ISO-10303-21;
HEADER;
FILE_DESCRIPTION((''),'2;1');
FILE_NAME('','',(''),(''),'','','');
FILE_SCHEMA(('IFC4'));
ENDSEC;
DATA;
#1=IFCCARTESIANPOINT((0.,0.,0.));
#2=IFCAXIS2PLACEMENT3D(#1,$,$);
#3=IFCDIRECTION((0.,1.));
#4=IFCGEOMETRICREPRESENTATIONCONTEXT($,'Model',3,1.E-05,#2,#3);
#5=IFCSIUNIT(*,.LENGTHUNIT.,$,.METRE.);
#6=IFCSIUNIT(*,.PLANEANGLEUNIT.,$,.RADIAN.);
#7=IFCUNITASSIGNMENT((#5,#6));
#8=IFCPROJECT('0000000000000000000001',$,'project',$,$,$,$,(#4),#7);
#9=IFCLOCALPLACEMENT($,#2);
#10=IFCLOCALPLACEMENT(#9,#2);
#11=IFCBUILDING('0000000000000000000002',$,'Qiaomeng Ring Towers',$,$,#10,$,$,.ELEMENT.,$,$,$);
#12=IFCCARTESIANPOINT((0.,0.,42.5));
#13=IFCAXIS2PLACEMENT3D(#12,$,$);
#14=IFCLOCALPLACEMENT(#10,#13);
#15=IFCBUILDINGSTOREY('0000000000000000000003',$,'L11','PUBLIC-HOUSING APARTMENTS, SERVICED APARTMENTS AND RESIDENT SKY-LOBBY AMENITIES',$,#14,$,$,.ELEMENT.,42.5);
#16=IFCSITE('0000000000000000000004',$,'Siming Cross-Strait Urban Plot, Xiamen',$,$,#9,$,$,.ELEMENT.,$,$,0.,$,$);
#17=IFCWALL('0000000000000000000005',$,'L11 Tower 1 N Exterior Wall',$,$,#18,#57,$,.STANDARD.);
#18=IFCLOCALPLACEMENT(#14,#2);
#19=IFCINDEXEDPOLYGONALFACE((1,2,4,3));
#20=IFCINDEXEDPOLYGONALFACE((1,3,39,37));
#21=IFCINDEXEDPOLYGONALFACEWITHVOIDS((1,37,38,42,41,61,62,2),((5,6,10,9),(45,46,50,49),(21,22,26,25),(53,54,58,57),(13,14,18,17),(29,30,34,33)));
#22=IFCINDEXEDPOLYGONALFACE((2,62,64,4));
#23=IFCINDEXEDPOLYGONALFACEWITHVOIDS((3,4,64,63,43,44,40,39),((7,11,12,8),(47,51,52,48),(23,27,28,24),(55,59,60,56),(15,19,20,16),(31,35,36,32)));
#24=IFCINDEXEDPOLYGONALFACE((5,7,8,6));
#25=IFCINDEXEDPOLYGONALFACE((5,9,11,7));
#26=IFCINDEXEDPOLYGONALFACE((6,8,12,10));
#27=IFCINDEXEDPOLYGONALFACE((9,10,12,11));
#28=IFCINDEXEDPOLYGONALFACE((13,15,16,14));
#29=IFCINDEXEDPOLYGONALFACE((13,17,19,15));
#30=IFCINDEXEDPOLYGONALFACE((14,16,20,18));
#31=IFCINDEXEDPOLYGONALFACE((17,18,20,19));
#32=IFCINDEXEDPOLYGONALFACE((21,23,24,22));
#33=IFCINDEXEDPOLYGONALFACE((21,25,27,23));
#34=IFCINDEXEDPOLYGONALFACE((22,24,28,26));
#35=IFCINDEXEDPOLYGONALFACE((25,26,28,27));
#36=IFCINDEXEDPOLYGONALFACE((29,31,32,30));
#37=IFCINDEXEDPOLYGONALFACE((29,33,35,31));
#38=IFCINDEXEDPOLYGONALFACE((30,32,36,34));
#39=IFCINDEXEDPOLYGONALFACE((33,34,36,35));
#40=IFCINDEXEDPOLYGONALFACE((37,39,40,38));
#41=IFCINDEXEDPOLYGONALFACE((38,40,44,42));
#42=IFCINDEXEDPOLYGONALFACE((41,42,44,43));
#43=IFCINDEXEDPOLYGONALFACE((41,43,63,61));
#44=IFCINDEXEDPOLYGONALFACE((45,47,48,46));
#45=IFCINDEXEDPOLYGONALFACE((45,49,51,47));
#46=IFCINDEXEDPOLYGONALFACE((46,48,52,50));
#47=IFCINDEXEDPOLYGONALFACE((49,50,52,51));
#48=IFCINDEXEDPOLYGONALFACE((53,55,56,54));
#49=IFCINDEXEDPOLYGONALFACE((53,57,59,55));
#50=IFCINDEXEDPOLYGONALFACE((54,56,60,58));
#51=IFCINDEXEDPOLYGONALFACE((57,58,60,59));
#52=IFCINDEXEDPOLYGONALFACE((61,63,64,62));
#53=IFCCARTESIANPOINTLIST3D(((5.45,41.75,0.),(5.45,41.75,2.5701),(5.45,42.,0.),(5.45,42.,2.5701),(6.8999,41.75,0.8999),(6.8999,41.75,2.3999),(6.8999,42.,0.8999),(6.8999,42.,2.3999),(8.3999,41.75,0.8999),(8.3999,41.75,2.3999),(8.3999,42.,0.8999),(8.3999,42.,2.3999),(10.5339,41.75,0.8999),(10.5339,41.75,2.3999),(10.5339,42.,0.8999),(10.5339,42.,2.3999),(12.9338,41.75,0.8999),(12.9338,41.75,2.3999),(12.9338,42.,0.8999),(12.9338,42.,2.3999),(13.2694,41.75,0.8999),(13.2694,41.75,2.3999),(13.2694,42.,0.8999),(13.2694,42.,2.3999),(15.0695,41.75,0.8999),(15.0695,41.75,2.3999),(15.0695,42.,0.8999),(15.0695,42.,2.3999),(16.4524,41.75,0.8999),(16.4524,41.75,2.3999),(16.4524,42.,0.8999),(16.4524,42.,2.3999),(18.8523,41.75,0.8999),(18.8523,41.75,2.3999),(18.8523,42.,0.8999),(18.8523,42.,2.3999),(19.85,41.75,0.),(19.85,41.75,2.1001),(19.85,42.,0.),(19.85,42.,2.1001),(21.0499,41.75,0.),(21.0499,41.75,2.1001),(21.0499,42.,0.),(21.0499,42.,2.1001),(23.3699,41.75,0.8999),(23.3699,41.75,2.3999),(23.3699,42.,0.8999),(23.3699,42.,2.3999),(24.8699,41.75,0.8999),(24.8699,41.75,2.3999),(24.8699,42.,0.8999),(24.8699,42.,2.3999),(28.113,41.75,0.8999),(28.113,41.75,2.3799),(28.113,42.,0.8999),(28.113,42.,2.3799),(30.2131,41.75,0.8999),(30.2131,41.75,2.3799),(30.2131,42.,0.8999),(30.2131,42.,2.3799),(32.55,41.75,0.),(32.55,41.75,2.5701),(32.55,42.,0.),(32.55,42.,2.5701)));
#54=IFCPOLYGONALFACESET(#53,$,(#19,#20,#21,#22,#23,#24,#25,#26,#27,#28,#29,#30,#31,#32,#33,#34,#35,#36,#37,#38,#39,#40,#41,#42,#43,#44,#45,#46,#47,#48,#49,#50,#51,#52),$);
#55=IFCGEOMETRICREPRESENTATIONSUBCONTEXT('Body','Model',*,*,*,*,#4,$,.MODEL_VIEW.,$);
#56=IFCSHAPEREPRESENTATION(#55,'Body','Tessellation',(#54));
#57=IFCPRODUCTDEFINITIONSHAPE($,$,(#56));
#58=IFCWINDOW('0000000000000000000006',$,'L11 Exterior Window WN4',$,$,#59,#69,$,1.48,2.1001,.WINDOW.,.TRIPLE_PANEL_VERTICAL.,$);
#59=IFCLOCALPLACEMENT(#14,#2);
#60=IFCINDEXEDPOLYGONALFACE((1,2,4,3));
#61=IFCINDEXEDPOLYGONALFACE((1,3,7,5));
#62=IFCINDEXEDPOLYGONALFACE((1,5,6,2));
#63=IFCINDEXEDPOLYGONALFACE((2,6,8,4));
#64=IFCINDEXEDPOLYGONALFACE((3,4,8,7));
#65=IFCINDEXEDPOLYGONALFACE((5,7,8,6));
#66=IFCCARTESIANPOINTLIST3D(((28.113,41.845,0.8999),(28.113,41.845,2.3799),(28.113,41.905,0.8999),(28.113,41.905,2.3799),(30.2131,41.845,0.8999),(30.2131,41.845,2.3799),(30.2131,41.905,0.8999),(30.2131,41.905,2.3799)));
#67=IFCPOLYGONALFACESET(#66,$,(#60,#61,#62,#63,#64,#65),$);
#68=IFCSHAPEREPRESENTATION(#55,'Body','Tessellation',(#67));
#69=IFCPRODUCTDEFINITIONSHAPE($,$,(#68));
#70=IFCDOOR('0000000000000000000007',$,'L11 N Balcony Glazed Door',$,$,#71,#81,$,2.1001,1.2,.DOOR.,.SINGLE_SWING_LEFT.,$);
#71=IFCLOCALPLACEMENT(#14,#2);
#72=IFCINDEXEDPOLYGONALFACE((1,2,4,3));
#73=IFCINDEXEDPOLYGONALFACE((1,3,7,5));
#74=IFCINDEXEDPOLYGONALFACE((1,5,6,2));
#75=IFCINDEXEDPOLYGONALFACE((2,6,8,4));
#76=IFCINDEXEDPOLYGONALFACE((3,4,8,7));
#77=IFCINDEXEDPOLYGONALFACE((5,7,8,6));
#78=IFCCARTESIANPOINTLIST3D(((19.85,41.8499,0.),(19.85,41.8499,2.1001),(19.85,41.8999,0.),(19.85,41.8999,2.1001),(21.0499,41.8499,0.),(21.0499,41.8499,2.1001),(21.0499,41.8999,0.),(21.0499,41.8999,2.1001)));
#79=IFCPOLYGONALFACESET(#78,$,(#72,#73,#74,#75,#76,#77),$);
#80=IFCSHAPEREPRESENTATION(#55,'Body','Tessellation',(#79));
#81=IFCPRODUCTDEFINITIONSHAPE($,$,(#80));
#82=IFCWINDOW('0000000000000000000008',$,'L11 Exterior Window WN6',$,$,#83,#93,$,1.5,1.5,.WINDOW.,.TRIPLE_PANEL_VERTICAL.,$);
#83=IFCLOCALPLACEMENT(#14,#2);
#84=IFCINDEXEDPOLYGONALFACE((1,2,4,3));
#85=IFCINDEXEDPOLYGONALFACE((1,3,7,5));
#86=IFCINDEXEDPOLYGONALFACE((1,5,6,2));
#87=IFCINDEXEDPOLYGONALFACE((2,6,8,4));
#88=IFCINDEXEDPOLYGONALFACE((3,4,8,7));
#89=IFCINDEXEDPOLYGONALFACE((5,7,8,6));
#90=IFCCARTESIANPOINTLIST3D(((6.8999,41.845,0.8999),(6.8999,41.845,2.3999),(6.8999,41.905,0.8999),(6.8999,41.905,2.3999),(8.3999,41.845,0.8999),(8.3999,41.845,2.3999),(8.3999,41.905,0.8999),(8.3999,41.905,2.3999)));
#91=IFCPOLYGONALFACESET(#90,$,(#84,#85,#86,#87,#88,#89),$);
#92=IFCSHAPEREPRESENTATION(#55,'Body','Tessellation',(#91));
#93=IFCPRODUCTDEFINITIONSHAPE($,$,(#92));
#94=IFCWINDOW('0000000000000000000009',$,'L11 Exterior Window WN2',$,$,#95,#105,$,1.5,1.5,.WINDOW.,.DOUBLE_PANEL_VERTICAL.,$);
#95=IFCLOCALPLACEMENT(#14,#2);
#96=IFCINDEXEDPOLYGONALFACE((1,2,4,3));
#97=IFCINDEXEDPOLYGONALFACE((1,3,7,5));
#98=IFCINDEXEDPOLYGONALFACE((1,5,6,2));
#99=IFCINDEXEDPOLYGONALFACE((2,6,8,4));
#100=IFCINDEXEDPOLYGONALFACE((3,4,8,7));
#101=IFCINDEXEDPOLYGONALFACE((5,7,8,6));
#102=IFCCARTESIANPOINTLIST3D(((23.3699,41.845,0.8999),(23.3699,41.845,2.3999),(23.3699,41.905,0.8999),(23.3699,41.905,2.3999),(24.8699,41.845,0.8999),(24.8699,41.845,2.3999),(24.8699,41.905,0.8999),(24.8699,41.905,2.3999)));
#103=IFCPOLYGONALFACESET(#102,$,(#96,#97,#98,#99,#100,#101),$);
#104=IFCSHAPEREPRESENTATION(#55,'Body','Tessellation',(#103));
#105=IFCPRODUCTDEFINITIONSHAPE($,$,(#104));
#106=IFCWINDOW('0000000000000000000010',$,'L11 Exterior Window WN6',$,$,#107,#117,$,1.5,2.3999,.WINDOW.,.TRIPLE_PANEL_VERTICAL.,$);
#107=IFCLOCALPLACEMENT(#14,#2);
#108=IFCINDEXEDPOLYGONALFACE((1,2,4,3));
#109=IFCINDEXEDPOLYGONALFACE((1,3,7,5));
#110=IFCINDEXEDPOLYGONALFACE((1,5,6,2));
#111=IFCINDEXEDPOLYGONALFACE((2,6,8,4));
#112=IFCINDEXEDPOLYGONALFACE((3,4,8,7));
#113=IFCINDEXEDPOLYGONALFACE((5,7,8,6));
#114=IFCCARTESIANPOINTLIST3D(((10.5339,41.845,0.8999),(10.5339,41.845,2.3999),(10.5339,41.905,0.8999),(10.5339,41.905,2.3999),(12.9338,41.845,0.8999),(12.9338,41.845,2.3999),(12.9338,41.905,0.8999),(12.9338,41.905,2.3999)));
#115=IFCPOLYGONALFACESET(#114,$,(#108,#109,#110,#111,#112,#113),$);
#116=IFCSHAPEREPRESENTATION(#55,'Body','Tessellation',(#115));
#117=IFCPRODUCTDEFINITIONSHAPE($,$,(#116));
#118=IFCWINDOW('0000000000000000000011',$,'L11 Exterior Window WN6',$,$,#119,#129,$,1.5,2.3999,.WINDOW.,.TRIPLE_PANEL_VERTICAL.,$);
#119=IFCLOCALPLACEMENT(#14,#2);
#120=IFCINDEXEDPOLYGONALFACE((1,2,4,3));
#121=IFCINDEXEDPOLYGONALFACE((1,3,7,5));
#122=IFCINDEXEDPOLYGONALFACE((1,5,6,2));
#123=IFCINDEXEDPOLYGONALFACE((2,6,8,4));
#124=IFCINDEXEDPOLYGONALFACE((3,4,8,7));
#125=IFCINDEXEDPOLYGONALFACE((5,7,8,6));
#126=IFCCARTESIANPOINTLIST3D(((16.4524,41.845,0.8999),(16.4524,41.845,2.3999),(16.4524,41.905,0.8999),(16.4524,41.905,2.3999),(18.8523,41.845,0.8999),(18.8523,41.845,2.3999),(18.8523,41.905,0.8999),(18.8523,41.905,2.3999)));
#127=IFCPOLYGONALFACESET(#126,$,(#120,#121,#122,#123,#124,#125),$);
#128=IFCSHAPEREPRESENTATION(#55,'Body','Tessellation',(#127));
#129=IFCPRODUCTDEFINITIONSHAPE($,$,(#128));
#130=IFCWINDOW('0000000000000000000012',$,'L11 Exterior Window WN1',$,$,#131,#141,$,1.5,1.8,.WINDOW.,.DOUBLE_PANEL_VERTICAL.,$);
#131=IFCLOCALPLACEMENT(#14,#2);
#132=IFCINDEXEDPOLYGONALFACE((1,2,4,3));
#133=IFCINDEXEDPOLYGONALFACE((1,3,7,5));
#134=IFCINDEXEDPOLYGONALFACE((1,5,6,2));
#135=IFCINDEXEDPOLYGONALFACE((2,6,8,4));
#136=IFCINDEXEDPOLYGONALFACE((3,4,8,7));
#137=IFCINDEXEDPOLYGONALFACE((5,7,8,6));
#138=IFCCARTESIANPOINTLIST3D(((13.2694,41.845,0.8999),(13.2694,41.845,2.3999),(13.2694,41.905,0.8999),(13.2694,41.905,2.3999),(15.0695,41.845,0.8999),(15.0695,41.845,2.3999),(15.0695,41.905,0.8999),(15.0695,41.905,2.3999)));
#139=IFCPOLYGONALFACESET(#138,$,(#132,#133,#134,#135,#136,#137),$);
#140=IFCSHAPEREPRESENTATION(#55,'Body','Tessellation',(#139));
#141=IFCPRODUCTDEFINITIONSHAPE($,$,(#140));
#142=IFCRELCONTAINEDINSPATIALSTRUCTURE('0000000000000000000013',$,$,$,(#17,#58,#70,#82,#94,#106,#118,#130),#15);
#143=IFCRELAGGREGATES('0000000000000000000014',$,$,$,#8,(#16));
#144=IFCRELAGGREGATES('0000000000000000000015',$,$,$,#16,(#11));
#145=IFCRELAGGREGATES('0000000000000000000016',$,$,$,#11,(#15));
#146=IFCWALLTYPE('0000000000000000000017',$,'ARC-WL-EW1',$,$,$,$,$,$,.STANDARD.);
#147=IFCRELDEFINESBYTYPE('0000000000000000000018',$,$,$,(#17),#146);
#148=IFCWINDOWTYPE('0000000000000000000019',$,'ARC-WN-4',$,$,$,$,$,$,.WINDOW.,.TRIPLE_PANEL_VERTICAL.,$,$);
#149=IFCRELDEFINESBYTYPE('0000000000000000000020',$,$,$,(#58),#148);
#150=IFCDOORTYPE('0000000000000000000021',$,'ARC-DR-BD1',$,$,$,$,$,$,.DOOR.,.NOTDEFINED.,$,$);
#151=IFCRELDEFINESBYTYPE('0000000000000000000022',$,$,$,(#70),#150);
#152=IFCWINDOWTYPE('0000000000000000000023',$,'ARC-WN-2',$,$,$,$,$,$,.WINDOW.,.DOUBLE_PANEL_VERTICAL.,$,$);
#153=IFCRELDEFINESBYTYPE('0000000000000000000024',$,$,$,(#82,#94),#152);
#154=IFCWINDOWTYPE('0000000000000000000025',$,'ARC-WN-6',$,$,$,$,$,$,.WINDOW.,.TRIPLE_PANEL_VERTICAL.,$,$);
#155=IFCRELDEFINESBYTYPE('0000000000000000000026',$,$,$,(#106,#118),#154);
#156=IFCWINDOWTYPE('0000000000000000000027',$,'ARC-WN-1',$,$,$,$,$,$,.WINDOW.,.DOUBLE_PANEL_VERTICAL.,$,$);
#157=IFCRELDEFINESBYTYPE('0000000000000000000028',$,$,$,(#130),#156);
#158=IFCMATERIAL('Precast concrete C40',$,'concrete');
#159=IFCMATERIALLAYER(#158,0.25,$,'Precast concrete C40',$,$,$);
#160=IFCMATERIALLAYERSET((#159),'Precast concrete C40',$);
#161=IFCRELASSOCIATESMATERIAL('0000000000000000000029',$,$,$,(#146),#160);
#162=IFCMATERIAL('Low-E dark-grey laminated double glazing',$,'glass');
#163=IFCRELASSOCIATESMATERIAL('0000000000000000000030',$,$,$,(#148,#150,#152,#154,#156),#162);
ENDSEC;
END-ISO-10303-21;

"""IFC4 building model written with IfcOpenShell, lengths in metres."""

from ifc_helpers import new_model, si_unit, direction, frame, frame_2d, origin, place, context, subcontext, project, spatial, rectangle, extrude, source, transform, mapped, material, layer, layer_set, type_object, element, fill, save


model = new_model("IFC4")

# Units and contexts
model_context = context("Model", 3, precision=1e-05, world=origin(), true_north=direction((0.0, 1.0)))
body_context = subcontext(model_context, "Body", "Model", "MODEL_VIEW")
ifc_project = project(units=[si_unit("LENGTHUNIT", "METRE"), si_unit("PLANEANGLEUNIT", "RADIAN")], contexts=[model_context])

# Site, building, storey
site_placement = place(None, origin())
site = spatial("IfcSite", under=ifc_project, at=site_placement, Name="Siming Cross-Strait Urban Plot, Xiamen", CompositionType="ELEMENT", RefElevation=0.0)
building_placement = place(site_placement, origin())
building = spatial("IfcBuilding", under=site, at=building_placement, Name="Qiaomeng Ring Towers", CompositionType="ELEMENT")
storey_placement = place(building_placement, frame((0.0, 0.0, 42.5)))
storey = spatial("IfcBuildingStorey", under=building, at=storey_placement, Name="L11", Description="PUBLIC-HOUSING APARTMENTS, SERVICED APARTMENTS AND RESIDENT SKY-LOBBY AMENITIES", CompositionType="ELEMENT", Elevation=42.5)

# Wall, openings, windows, door
ifc_material_1 = material(Name="Precast concrete C40", Category="concrete")
ifc_layer_1 = layer(ifc_material_1, 0.25, Name="Precast concrete C40")
ifc_layer_set_1 = layer_set([ifc_layer_1], Name="Precast concrete C40")
wall_type_1 = type_object("IfcWallType", Name="ARC-WL-EW1", PredefinedType="STANDARD", material=ifc_layer_set_1)
wall_1_placement = place(storey_placement, frame((5.45, 41.875, 0.0), z_axis=(0.0, 0.0, 1.0), x_axis=(1.0, 0.0, 0.0)))
wall_1 = element("IfcWall", 1, at=wall_1_placement, inside=storey, type_object=wall_type_1, Name="L11 Tower 1 N Exterior Wall", PredefinedType="STANDARD", context=body_context, shape_type="SweptSolid", body=[
    extrude(rectangle(XDim=27.1001, YDim=0.25, at=frame_2d((13.55, 0.0))), origin(), (0.0, 0.0, 1.0), 2.5701),
])
opening_1_placement = place(wall_1_placement, frame((14.3999, 0.0, 0.0)))
opening_1 = element("IfcOpeningElement", 2, at=opening_1_placement, cuts=wall_1, PredefinedType="OPENING", context=body_context, shape_type="SweptSolid", body=[
    extrude(rectangle(XDim=1.2, YDim=2.1001, at=frame_2d((0.6001, 1.05))), frame((0.0, 0.135, 0.0), z_axis=(0.0, -1.0, 0.0), x_axis=(1.0, 0.0, 0.0)), (0.0, 0.0, 1.0), 0.27),
])
opening_2_placement = place(wall_1_placement, frame((1.45, 0.0, 0.8999)))
opening_2 = element("IfcOpeningElement", 3, at=opening_2_placement, cuts=wall_1, PredefinedType="OPENING", context=body_context, shape_type="SweptSolid", body=[
    extrude(rectangle(XDim=1.5, YDim=1.5, at=frame_2d((0.75, 0.75))), frame((0.0, 0.135, 0.0), z_axis=(0.0, -1.0, 0.0), x_axis=(1.0, 0.0, 0.0)), (0.0, 0.0, 1.0), 0.27),
])
opening_3_placement = place(wall_1_placement, frame((7.8196, 0.0, 0.8999)))
opening_3 = element("IfcOpeningElement", 4, at=opening_3_placement, cuts=wall_1, PredefinedType="OPENING", context=body_context, shape_type="SweptSolid", body=[
    extrude(rectangle(XDim=1.8, YDim=1.5, at=frame_2d((0.8999, 0.75))), frame((0.0, 0.135, 0.0), z_axis=(0.0, -1.0, 0.0), x_axis=(1.0, 0.0, 0.0)), (0.0, 0.0, 1.0), 0.27),
])
opening_4_placement = place(wall_1_placement, frame((17.9199, 0.0, 0.8999)))
opening_4 = element("IfcOpeningElement", 5, at=opening_4_placement, cuts=wall_1, PredefinedType="OPENING", context=body_context, shape_type="SweptSolid", body=[
    extrude(rectangle(XDim=1.5, YDim=1.5, at=frame_2d((0.75, 0.75))), frame((0.0, 0.135, 0.0), z_axis=(0.0, -1.0, 0.0), x_axis=(1.0, 0.0, 0.0)), (0.0, 0.0, 1.0), 0.27),
])
opening_5_placement = place(wall_1_placement, frame((22.6631, 0.0, 0.8999)))
opening_5 = element("IfcOpeningElement", 6, at=opening_5_placement, cuts=wall_1, PredefinedType="OPENING", context=body_context, shape_type="SweptSolid", body=[
    extrude(rectangle(XDim=2.1001, YDim=1.48, at=frame_2d((1.05, 0.74))), frame((0.0, 0.135, 0.0), z_axis=(0.0, -1.0, 0.0), x_axis=(1.0, 0.0, 0.0)), (0.0, 0.0, 1.0), 0.27),
])
opening_6_placement = place(wall_1_placement, frame((5.084, 0.0, 0.8999)))
opening_6 = element("IfcOpeningElement", 7, at=opening_6_placement, cuts=wall_1, PredefinedType="OPENING", context=body_context, shape_type="SweptSolid", body=[
    extrude(rectangle(XDim=2.3999, YDim=1.5, at=frame_2d((1.2, 0.75))), frame((0.0, 0.135, 0.0), z_axis=(0.0, -1.0, 0.0), x_axis=(1.0, 0.0, 0.0)), (0.0, 0.0, 1.0), 0.27),
])
opening_7_placement = place(wall_1_placement, frame((11.0024, 0.0, 0.8999)))
opening_7 = element("IfcOpeningElement", 8, at=opening_7_placement, cuts=wall_1, PredefinedType="OPENING", context=body_context, shape_type="SweptSolid", body=[
    extrude(rectangle(XDim=2.3999, YDim=1.5, at=frame_2d((1.2, 0.75))), frame((0.0, 0.135, 0.0), z_axis=(0.0, -1.0, 0.0), x_axis=(1.0, 0.0, 0.0)), (0.0, 0.0, 1.0), 0.27),
])
ifc_material_2 = material(Name="Low-E dark-grey laminated double glazing", Category="glass")
window_type_1 = type_object("IfcWindowType", Name="ARC-WN-4", PartitioningType="TRIPLE_PANEL_VERTICAL", PredefinedType="WINDOW", material=ifc_material_2)
shared_shape_1 = source(origin(), body_context, "Body", "SweptSolid", [
    extrude(rectangle(XDim=2.1001, YDim=1.48, at=frame_2d((1.05, 0.74))), frame((0.0, 0.03, 0.0), z_axis=(0.0, -1.0, 0.0), x_axis=(1.0, 0.0, 0.0)), (0.0, 0.0, 1.0), 0.0601),
])
window_1_placement = place(opening_5_placement, origin())
window_1 = element("IfcWindow", 9, at=window_1_placement, inside=storey, type_object=window_type_1, Name="L11 Exterior Window WN4", OverallHeight=1.48, OverallWidth=2.1001, PartitioningType="TRIPLE_PANEL_VERTICAL", PredefinedType="WINDOW", context=body_context, shape_type="MappedRepresentation", body=[
    mapped(shared_shape_1, transform((0.0, 0.0, 0.0), x_axis=(1.0, 0.0, 0.0), y_axis=(0.0, 1.0, 0.0), z_axis=(0.0, 0.0, 1.0), scale=1.0)),
])
fill(opening_5, window_1)
door_type_1 = type_object("IfcDoorType", Name="ARC-DR-BD1", OperationType="NOTDEFINED", PredefinedType="DOOR", material=ifc_material_2)
shared_shape_2 = source(origin(), body_context, "Body", "SweptSolid", [
    extrude(rectangle(XDim=1.2, YDim=2.1001, at=frame_2d((0.6001, 1.05))), frame((0.0, 0.0249, 0.0), z_axis=(0.0, -1.0, 0.0), x_axis=(1.0, 0.0, 0.0)), (0.0, 0.0, 1.0), 0.05),
])
door_1_placement = place(opening_1_placement, origin())
door_1 = element("IfcDoor", 10, at=door_1_placement, inside=storey, type_object=door_type_1, Name="L11 N Balcony Glazed Door", OperationType="SINGLE_SWING_LEFT", OverallHeight=2.1001, OverallWidth=1.2, PredefinedType="DOOR", context=body_context, shape_type="MappedRepresentation", body=[
    mapped(shared_shape_2, transform((0.0, 0.0, 0.0), x_axis=(1.0, 0.0, 0.0), y_axis=(0.0, 1.0, 0.0), z_axis=(0.0, 0.0, 1.0), scale=1.0)),
])
fill(opening_1, door_1)
window_type_2 = type_object("IfcWindowType", Name="ARC-WN-2", PartitioningType="DOUBLE_PANEL_VERTICAL", PredefinedType="WINDOW", material=ifc_material_2)
shared_shape_3 = source(origin(), body_context, "Body", "SweptSolid", [
    extrude(rectangle(XDim=1.5, YDim=1.5, at=frame_2d((0.75, 0.75))), frame((0.0, 0.03, 0.0), z_axis=(0.0, -1.0, 0.0), x_axis=(1.0, 0.0, 0.0)), (0.0, 0.0, 1.0), 0.0601),
])
window_2_placement = place(opening_2_placement, origin())
window_2 = element("IfcWindow", 11, at=window_2_placement, inside=storey, type_object=window_type_2, Name="L11 Exterior Window WN6", OverallHeight=1.5, OverallWidth=1.5, PartitioningType="TRIPLE_PANEL_VERTICAL", PredefinedType="WINDOW", context=body_context, shape_type="MappedRepresentation", body=[
    mapped(shared_shape_3, transform((0.0, 0.0, 0.0), x_axis=(1.0, 0.0, 0.0), y_axis=(0.0, 1.0, 0.0), z_axis=(0.0, 0.0, 1.0), scale=1.0)),
])
fill(opening_2, window_2)
window_3_placement = place(opening_4_placement, origin())
window_3 = element("IfcWindow", 12, at=window_3_placement, inside=storey, type_object=window_type_2, Name="L11 Exterior Window WN2", OverallHeight=1.5, OverallWidth=1.5, PartitioningType="DOUBLE_PANEL_VERTICAL", PredefinedType="WINDOW", context=body_context, shape_type="MappedRepresentation", body=[
    mapped(shared_shape_3, transform((0.0, 0.0, 0.0), x_axis=(1.0, 0.0, 0.0), y_axis=(0.0, 1.0, 0.0), z_axis=(0.0, 0.0, 1.0), scale=1.0)),
])
fill(opening_4, window_3)
window_type_3 = type_object("IfcWindowType", Name="ARC-WN-6", PartitioningType="TRIPLE_PANEL_VERTICAL", PredefinedType="WINDOW", material=ifc_material_2)
shared_shape_4 = source(origin(), body_context, "Body", "SweptSolid", [
    extrude(rectangle(XDim=2.3999, YDim=1.5, at=frame_2d((1.2, 0.75))), frame((0.0, 0.03, 0.0), z_axis=(0.0, -1.0, 0.0), x_axis=(1.0, 0.0, 0.0)), (0.0, 0.0, 1.0), 0.0601),
])
window_4_placement = place(opening_6_placement, origin())
window_4 = element("IfcWindow", 13, at=window_4_placement, inside=storey, type_object=window_type_3, Name="L11 Exterior Window WN6", OverallHeight=1.5, OverallWidth=2.3999, PartitioningType="TRIPLE_PANEL_VERTICAL", PredefinedType="WINDOW", context=body_context, shape_type="MappedRepresentation", body=[
    mapped(shared_shape_4, transform((0.0, 0.0, 0.0), x_axis=(1.0, 0.0, 0.0), y_axis=(0.0, 1.0, 0.0), z_axis=(0.0, 0.0, 1.0), scale=1.0)),
])
fill(opening_6, window_4)
window_5_placement = place(opening_7_placement, origin())
window_5 = element("IfcWindow", 14, at=window_5_placement, inside=storey, type_object=window_type_3, Name="L11 Exterior Window WN6", OverallHeight=1.5, OverallWidth=2.3999, PartitioningType="TRIPLE_PANEL_VERTICAL", PredefinedType="WINDOW", context=body_context, shape_type="MappedRepresentation", body=[
    mapped(shared_shape_4, transform((0.0, 0.0, 0.0), x_axis=(1.0, 0.0, 0.0), y_axis=(0.0, 1.0, 0.0), z_axis=(0.0, 0.0, 1.0), scale=1.0)),
])
fill(opening_7, window_5)
window_type_4 = type_object("IfcWindowType", Name="ARC-WN-1", PartitioningType="DOUBLE_PANEL_VERTICAL", PredefinedType="WINDOW", material=ifc_material_2)
shared_shape_5 = source(origin(), body_context, "Body", "SweptSolid", [
    extrude(rectangle(XDim=1.8, YDim=1.5, at=frame_2d((0.8999, 0.75))), frame((0.0, 0.03, 0.0), z_axis=(0.0, -1.0, 0.0), x_axis=(1.0, 0.0, 0.0)), (0.0, 0.0, 1.0), 0.0601),
])
window_6_placement = place(opening_3_placement, origin())
window_6 = element("IfcWindow", 15, at=window_6_placement, inside=storey, type_object=window_type_4, Name="L11 Exterior Window WN1", OverallHeight=1.5, OverallWidth=1.8, PartitioningType="DOUBLE_PANEL_VERTICAL", PredefinedType="WINDOW", context=body_context, shape_type="MappedRepresentation", body=[
    mapped(shared_shape_5, transform((0.0, 0.0, 0.0), x_axis=(1.0, 0.0, 0.0), y_axis=(0.0, 1.0, 0.0), z_axis=(0.0, 0.0, 1.0), scale=1.0)),
])
fill(opening_3, window_6)

save(model, "model.ifc")
